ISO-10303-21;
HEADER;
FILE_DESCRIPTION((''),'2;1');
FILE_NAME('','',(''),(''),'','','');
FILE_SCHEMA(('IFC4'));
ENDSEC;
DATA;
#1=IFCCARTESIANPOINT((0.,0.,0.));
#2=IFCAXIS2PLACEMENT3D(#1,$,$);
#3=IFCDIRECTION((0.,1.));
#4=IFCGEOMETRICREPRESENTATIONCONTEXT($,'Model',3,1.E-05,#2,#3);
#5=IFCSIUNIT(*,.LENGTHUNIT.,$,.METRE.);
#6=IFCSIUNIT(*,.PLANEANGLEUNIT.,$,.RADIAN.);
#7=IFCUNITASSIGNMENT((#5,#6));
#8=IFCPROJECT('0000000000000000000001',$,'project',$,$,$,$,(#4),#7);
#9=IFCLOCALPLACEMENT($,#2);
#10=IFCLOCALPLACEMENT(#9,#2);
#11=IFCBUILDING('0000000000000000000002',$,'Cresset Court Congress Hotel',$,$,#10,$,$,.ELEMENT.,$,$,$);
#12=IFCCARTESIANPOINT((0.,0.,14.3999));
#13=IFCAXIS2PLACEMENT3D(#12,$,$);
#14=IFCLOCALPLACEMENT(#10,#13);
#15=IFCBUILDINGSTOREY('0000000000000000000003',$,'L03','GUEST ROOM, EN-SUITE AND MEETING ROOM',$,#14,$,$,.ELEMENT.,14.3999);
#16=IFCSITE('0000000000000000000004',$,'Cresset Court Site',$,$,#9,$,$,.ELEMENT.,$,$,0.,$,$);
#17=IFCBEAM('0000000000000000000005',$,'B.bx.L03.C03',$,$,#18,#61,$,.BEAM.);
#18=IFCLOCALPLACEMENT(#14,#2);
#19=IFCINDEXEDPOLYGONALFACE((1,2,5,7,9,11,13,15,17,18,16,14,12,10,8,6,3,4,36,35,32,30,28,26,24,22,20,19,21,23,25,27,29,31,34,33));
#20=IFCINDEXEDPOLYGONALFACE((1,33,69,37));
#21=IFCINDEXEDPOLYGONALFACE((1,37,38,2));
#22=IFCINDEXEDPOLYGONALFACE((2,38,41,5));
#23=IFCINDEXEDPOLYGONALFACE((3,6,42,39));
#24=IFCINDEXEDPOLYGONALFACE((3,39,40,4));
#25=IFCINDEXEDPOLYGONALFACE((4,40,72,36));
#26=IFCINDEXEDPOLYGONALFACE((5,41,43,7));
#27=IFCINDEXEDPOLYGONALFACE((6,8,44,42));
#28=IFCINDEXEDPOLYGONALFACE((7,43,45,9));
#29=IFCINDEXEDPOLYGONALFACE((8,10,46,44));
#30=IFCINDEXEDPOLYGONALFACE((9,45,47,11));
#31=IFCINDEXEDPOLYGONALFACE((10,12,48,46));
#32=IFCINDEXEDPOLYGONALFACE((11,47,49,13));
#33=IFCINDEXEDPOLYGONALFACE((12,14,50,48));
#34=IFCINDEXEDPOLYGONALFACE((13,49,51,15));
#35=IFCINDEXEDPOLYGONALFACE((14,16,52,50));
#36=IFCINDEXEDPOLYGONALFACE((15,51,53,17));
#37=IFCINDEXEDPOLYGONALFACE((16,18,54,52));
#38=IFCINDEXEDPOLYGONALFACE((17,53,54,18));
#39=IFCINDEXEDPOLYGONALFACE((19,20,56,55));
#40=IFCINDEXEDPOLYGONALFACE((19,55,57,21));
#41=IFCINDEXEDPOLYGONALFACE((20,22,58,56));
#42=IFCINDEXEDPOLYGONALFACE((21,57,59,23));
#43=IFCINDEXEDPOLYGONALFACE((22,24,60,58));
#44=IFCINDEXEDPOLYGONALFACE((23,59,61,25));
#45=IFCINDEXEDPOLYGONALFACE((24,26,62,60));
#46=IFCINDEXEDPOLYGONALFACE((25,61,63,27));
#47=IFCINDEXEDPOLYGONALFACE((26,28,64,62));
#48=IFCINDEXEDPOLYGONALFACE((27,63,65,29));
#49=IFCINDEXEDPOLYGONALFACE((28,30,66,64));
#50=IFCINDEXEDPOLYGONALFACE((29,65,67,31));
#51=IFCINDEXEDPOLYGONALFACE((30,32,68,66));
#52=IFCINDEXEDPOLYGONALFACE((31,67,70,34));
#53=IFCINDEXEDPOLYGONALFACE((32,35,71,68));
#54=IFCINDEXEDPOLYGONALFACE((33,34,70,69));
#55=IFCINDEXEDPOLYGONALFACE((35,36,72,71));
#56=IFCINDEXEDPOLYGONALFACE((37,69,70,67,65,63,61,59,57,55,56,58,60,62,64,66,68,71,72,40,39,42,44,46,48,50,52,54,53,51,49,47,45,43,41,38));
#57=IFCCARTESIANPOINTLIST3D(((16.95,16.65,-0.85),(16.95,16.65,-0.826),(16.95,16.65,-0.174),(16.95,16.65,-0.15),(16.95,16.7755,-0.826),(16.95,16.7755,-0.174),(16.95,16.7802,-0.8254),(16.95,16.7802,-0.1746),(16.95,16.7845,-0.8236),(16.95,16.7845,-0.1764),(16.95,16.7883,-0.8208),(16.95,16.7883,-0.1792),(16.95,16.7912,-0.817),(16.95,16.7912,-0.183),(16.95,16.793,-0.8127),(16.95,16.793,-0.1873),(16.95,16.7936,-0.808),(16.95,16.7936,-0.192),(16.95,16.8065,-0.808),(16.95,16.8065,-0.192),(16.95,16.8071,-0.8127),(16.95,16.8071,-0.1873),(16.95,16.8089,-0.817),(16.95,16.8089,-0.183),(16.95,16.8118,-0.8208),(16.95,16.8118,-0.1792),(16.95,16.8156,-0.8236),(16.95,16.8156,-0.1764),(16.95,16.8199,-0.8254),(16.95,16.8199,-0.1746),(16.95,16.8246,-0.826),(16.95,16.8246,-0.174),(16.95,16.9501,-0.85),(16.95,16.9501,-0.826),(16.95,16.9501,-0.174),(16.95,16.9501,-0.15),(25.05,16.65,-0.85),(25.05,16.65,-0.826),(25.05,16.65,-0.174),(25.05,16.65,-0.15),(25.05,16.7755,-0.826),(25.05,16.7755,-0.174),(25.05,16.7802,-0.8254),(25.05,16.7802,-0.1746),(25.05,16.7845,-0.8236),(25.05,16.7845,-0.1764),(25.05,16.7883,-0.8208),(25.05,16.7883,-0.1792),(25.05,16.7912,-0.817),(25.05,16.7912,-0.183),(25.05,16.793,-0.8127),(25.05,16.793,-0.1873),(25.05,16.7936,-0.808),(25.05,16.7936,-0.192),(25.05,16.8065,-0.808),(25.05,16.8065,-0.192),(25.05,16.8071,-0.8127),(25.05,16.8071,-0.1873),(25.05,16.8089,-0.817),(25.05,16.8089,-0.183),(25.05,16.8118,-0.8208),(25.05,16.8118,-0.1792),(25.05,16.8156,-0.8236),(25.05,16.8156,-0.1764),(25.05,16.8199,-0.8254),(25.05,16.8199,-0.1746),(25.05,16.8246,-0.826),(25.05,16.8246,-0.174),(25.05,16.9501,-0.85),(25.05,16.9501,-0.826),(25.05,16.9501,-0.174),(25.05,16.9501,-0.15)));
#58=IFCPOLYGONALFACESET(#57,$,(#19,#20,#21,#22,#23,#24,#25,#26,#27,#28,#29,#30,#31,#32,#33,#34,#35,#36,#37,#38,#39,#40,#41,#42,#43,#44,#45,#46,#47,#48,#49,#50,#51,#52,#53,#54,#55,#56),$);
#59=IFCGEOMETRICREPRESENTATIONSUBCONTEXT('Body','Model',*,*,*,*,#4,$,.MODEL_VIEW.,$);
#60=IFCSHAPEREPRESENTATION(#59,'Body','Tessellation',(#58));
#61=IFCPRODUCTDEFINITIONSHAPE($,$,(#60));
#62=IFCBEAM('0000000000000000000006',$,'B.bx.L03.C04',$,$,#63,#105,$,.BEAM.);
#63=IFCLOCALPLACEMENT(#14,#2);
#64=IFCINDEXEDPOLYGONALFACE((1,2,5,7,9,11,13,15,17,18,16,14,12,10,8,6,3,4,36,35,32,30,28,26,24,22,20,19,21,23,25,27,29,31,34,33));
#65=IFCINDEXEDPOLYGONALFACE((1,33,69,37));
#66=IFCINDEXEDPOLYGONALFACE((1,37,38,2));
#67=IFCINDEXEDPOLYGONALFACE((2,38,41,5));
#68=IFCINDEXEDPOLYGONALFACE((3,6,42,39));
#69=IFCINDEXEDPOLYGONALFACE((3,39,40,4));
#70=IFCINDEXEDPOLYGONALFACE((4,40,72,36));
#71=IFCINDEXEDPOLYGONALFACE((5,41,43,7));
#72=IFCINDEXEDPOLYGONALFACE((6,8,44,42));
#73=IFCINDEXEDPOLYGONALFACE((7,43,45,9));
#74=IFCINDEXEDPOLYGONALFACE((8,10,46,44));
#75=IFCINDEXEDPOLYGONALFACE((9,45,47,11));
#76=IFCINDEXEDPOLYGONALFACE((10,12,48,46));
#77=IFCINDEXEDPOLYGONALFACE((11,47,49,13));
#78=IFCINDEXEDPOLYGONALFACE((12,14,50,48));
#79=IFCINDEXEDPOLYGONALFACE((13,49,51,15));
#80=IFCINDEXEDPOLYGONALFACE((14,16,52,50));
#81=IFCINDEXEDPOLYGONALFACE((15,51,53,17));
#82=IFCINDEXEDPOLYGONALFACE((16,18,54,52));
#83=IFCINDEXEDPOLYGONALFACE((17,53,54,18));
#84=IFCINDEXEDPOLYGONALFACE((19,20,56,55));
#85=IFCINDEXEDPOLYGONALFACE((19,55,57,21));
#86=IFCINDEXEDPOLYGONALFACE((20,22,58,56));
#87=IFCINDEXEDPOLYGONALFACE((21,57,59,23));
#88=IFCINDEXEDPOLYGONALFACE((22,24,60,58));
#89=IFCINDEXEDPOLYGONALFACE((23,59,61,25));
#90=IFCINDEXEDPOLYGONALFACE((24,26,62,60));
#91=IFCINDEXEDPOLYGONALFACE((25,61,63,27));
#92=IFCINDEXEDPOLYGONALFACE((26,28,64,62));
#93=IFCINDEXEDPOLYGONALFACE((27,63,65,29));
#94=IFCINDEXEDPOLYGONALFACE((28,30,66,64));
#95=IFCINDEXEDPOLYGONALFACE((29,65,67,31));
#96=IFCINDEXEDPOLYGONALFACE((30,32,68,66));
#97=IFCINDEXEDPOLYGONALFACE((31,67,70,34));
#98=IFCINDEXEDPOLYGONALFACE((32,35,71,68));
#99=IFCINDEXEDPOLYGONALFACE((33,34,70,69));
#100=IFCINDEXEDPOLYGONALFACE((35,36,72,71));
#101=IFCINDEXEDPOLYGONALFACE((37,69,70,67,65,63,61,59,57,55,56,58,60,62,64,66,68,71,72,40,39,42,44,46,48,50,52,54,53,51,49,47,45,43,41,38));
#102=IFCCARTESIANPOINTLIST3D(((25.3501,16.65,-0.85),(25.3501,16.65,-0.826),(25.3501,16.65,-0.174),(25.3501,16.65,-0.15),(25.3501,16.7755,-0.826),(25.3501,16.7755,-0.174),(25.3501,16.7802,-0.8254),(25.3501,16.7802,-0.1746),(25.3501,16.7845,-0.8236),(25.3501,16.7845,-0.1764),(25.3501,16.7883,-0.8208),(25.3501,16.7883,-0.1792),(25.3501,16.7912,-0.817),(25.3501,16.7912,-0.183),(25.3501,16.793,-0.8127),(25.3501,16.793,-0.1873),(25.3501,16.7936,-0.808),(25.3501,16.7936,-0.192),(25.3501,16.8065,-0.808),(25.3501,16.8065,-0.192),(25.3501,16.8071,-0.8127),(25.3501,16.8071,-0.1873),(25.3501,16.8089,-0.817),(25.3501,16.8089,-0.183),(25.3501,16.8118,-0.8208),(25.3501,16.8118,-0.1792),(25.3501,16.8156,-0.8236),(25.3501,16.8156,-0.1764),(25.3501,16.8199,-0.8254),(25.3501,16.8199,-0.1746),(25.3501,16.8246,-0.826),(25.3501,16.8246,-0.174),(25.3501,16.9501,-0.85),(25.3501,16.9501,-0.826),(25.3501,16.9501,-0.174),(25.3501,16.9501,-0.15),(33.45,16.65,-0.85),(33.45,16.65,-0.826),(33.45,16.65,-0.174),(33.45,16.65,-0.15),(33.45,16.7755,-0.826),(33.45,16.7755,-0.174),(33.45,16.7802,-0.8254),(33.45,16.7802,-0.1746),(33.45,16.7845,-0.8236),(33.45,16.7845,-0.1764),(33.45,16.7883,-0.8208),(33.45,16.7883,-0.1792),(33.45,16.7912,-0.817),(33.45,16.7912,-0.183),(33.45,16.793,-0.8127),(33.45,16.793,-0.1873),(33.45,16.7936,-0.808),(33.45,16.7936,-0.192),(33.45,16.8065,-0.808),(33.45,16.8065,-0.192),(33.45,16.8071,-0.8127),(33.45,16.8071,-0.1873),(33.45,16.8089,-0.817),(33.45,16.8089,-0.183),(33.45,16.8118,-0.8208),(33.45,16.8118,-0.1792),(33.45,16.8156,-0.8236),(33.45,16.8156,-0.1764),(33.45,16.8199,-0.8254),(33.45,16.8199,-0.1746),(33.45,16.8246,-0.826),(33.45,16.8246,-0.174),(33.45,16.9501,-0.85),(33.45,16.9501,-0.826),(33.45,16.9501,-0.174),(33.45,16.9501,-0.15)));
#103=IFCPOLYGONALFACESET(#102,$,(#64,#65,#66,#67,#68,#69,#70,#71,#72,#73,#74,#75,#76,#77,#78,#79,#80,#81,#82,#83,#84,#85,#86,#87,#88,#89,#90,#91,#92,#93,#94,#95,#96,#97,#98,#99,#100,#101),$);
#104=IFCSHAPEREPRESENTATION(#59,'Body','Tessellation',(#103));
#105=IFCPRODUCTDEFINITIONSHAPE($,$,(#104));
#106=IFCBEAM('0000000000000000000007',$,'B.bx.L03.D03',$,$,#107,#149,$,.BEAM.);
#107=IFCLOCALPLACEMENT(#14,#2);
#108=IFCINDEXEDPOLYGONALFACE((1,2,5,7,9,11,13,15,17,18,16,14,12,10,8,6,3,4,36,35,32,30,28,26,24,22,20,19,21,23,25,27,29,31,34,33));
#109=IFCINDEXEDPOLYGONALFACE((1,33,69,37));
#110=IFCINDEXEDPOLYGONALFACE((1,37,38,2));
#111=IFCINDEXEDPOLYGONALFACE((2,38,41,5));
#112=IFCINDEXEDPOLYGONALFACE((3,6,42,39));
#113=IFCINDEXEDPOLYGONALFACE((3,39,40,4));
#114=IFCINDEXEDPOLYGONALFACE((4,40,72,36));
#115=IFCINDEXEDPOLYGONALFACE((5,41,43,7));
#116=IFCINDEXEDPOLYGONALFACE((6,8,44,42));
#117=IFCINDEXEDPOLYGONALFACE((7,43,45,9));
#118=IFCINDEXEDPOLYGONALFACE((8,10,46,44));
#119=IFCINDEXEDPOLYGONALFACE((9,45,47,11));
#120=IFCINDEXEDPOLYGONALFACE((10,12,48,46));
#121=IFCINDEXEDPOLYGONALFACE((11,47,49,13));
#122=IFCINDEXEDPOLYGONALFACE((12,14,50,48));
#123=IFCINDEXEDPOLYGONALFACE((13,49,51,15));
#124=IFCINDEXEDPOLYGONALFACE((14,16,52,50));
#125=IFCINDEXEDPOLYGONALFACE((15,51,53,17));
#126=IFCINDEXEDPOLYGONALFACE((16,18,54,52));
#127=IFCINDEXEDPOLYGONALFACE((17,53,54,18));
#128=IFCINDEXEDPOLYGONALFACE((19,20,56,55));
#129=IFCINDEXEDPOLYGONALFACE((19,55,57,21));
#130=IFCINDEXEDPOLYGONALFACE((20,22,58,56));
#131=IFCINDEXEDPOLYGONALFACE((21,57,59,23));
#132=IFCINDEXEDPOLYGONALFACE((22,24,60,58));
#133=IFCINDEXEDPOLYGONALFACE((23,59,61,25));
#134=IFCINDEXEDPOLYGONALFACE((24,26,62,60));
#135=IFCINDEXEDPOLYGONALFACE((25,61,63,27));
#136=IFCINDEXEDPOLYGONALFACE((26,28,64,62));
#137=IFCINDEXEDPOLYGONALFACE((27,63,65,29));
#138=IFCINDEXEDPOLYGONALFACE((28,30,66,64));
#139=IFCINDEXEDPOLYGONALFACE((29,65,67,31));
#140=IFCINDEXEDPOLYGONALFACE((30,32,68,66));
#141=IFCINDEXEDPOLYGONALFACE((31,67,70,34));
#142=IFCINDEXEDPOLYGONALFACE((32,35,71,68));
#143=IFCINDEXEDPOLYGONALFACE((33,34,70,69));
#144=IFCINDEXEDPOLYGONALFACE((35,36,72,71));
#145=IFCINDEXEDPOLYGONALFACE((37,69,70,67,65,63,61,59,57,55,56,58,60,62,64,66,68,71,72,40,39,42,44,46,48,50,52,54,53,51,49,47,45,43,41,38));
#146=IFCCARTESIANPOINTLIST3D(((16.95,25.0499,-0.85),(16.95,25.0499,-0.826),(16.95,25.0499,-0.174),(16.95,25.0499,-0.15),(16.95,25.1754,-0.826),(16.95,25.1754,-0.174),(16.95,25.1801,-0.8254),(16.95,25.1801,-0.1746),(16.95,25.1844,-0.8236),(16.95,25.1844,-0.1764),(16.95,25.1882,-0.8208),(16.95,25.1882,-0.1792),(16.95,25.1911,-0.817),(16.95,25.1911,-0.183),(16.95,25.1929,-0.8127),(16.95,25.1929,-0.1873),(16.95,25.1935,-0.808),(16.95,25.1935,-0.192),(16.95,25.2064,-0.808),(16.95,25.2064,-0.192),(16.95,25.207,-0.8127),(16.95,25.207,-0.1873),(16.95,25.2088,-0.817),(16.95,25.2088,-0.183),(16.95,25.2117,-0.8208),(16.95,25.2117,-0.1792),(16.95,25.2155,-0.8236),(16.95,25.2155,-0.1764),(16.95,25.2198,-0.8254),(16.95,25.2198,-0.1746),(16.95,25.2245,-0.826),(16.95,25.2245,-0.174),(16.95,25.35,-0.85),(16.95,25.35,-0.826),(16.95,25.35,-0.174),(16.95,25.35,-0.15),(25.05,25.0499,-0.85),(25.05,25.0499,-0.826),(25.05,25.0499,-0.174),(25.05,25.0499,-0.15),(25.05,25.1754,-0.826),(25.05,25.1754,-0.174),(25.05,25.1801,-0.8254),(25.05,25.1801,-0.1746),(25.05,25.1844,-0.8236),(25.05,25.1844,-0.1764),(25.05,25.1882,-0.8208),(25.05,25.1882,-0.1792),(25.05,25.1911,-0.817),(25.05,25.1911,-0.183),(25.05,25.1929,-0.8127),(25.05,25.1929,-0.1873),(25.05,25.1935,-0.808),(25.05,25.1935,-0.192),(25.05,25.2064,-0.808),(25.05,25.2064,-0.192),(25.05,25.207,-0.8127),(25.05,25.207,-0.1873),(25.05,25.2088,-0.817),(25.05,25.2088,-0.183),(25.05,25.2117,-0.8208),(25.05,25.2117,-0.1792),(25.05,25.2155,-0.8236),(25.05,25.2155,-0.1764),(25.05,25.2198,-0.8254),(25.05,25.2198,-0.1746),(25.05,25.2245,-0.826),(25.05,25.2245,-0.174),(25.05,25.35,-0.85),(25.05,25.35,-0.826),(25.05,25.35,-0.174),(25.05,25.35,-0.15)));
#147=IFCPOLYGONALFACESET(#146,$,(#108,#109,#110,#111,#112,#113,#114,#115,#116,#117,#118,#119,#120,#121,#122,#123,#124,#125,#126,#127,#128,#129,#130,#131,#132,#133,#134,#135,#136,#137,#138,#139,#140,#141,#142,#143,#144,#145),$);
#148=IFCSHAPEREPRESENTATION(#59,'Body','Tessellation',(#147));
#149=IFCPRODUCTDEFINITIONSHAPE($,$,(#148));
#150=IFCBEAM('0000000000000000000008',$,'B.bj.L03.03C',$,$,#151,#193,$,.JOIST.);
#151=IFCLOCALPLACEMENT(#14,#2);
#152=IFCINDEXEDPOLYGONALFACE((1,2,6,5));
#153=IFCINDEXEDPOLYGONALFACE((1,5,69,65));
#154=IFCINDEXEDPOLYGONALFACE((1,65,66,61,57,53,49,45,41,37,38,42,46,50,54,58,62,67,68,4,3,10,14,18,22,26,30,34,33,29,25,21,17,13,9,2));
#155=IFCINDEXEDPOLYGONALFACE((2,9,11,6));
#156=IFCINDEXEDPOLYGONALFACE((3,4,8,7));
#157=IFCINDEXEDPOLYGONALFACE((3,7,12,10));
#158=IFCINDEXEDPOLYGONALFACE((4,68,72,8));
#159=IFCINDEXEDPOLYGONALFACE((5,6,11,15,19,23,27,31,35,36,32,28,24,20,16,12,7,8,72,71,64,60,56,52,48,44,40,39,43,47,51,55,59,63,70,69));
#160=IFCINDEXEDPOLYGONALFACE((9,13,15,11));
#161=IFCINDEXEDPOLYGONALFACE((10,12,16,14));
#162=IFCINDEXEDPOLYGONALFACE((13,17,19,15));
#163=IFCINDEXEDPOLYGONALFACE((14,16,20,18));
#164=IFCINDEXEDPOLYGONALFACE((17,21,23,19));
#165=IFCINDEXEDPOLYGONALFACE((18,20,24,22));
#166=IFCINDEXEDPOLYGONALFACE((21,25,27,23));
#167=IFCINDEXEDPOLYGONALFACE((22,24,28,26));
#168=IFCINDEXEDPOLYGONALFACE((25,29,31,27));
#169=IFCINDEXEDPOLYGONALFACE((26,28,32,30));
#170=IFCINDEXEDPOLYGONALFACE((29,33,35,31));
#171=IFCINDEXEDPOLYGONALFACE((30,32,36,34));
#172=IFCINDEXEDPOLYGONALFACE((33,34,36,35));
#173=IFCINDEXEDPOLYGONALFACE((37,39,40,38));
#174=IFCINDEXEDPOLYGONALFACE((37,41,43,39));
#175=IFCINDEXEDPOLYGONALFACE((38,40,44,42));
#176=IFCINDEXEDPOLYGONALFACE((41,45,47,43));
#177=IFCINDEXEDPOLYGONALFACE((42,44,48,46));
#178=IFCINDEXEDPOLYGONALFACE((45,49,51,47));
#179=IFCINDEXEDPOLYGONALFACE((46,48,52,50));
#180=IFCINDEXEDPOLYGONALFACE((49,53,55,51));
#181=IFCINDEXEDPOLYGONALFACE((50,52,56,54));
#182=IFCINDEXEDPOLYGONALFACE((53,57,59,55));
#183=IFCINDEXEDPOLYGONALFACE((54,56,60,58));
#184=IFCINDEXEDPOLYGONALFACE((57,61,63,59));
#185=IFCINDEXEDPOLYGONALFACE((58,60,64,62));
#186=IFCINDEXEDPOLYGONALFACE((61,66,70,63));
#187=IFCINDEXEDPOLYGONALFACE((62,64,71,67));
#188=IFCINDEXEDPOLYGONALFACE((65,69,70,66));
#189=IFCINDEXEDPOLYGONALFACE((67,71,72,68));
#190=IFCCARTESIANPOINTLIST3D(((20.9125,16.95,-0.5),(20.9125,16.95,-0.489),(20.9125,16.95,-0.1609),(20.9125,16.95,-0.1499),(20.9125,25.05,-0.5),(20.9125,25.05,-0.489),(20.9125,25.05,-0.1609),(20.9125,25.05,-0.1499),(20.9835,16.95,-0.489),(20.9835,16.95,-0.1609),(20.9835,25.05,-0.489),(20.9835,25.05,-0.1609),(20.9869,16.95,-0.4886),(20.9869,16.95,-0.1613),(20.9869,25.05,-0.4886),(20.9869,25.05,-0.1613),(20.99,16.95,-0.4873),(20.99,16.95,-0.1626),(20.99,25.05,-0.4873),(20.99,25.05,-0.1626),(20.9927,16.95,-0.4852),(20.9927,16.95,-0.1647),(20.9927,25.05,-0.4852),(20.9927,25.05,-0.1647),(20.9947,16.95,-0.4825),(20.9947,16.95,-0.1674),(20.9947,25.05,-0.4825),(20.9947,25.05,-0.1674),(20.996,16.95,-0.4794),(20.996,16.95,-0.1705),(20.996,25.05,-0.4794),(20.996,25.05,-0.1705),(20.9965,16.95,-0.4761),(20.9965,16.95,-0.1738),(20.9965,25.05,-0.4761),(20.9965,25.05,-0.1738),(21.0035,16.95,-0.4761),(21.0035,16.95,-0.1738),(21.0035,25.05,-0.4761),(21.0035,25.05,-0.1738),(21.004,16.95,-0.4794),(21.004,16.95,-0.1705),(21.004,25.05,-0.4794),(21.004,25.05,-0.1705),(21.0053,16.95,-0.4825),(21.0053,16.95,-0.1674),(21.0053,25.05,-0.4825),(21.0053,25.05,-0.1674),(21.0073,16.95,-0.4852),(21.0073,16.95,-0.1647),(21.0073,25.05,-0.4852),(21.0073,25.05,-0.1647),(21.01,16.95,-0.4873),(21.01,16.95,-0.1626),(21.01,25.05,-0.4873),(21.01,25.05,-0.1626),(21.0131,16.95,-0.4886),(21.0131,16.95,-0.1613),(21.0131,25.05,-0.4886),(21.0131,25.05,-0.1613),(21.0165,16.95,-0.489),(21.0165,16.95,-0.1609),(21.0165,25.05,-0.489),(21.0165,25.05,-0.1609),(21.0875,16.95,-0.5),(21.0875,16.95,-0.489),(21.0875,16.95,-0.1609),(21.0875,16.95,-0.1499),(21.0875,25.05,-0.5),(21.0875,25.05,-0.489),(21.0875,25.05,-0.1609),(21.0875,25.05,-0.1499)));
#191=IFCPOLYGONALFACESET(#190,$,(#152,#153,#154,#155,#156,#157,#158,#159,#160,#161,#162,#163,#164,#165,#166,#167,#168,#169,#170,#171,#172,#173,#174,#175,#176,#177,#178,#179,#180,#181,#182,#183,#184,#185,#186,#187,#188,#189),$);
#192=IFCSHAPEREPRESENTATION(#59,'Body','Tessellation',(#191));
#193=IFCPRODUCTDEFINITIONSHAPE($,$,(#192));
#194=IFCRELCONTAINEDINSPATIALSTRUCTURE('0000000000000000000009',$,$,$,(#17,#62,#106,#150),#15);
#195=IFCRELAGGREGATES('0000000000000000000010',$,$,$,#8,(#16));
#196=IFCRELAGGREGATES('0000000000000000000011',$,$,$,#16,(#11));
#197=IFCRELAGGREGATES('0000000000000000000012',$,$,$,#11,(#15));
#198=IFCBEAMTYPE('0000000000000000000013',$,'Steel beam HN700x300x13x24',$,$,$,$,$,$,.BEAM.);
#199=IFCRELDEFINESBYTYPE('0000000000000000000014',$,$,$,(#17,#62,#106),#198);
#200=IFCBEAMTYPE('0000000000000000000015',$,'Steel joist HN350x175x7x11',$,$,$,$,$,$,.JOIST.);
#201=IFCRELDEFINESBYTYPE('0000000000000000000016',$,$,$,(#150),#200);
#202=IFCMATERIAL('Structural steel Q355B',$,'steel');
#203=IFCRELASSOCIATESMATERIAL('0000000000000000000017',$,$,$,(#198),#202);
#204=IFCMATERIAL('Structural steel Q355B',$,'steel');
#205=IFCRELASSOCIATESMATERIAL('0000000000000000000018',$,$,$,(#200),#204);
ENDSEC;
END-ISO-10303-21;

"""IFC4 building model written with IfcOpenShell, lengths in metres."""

from ifc_helpers import new_model, si_unit, direction, frame, origin, origin_2d, place, context, subcontext, project, spatial, i_section, extrude, material, material_profile, profile_set, type_object, element, save


model = new_model("IFC4")

# Units and contexts
model_context = context("Model", 3, precision=1e-05, world=origin(), true_north=direction((0.0, 1.0)))
body_context = subcontext(model_context, "Body", "Model", "MODEL_VIEW")
ifc_project = project(units=[si_unit("LENGTHUNIT", "METRE"), si_unit("PLANEANGLEUNIT", "RADIAN")], contexts=[model_context])

# Site, building, storey
site_placement = place(None, origin())
site = spatial("IfcSite", under=ifc_project, at=site_placement, Name="Cresset Court Site", CompositionType="ELEMENT", RefElevation=0.0)
building_placement = place(site_placement, origin())
building = spatial("IfcBuilding", under=site, at=building_placement, Name="Cresset Court Congress Hotel", CompositionType="ELEMENT")
storey_placement = place(building_placement, frame((0.0, 0.0, 14.3999)))
storey = spatial("IfcBuildingStorey", under=building, at=storey_placement, Name="L03", Description="GUEST ROOM, EN-SUITE AND MEETING ROOM", CompositionType="ELEMENT", Elevation=14.3999)

# Beams
ifc_material_1 = material(Name="Structural steel Q355B", Category="steel")
ifc_material_profile_1 = material_profile(ifc_material_1, i_section(OverallWidth=0.3, OverallDepth=0.7, WebThickness=0.0129, FlangeThickness=0.0239, FilletRadius=0.0181, at=origin_2d()), Name="HN700x300x13x24")
ifc_profile_set_1 = profile_set([ifc_material_profile_1], Name="Structural steel Q355B")
beam_type_1 = type_object("IfcBeamType", Name="Steel beam HN700x300x13x24", PredefinedType="BEAM", material=ifc_profile_set_1)
beam_1_placement = place(storey_placement, frame((16.95, 16.8, -0.5), z_axis=(1.0, 0.0, 0.0), x_axis=(0.0, 1.0, 0.0)))
element("IfcBeam", 1, at=beam_1_placement, inside=storey, type_object=beam_type_1, Name="B.bx.L03.C03", PredefinedType="BEAM", context=body_context, shape_type="SweptSolid", body=[
    extrude(i_section(OverallWidth=0.3, OverallDepth=0.7, WebThickness=0.0129, FlangeThickness=0.0239, FilletRadius=0.0181, at=origin_2d()), origin(), (0.0, 0.0, 1.0), 8.1001),
])
beam_2_placement = place(storey_placement, frame((25.3501, 16.8, -0.5), z_axis=(1.0, 0.0, 0.0), x_axis=(0.0, 1.0, 0.0)))
element("IfcBeam", 2, at=beam_2_placement, inside=storey, type_object=beam_type_1, Name="B.bx.L03.C04", PredefinedType="BEAM", context=body_context, shape_type="SweptSolid", body=[
    extrude(i_section(OverallWidth=0.3, OverallDepth=0.7, WebThickness=0.0129, FlangeThickness=0.0239, FilletRadius=0.0181, at=origin_2d()), origin(), (0.0, 0.0, 1.0), 8.0999),
])
beam_3_placement = place(storey_placement, frame((16.95, 25.2, -0.5), z_axis=(1.0, 0.0, 0.0), x_axis=(0.0, 1.0, 0.0)))
element("IfcBeam", 3, at=beam_3_placement, inside=storey, type_object=beam_type_1, Name="B.bx.L03.D03", PredefinedType="BEAM", context=body_context, shape_type="SweptSolid", body=[
    extrude(i_section(OverallWidth=0.3, OverallDepth=0.7, WebThickness=0.0129, FlangeThickness=0.0239, FilletRadius=0.0181, at=origin_2d()), origin(), (0.0, 0.0, 1.0), 8.1001),
])
ifc_material_2 = material(Name="Structural steel Q355B", Category="steel")
ifc_material_profile_2 = material_profile(ifc_material_2, i_section(OverallWidth=0.175, OverallDepth=0.3501, WebThickness=0.0071, FlangeThickness=0.011, FilletRadius=0.0129, at=origin_2d()), Name="HN350x175x7x11")
ifc_profile_set_2 = profile_set([ifc_material_profile_2], Name="Structural steel Q355B")
beam_type_2 = type_object("IfcBeamType", Name="Steel joist HN350x175x7x11", PredefinedType="JOIST", material=ifc_profile_set_2)
beam_4_placement = place(storey_placement, frame((21.0, 16.95, -0.325), z_axis=(0.0, 1.0, 0.0), x_axis=(-1.0, 0.0, 0.0)))
element("IfcBeam", 4, at=beam_4_placement, inside=storey, type_object=beam_type_2, Name="B.bj.L03.03C", PredefinedType="JOIST", context=body_context, shape_type="SweptSolid", body=[
    extrude(i_section(OverallWidth=0.175, OverallDepth=0.3501, WebThickness=0.0071, FlangeThickness=0.011, FilletRadius=0.0129, at=origin_2d()), origin(), (0.0, 0.0, 1.0), 8.1001),
])

save(model, "model.ifc")
